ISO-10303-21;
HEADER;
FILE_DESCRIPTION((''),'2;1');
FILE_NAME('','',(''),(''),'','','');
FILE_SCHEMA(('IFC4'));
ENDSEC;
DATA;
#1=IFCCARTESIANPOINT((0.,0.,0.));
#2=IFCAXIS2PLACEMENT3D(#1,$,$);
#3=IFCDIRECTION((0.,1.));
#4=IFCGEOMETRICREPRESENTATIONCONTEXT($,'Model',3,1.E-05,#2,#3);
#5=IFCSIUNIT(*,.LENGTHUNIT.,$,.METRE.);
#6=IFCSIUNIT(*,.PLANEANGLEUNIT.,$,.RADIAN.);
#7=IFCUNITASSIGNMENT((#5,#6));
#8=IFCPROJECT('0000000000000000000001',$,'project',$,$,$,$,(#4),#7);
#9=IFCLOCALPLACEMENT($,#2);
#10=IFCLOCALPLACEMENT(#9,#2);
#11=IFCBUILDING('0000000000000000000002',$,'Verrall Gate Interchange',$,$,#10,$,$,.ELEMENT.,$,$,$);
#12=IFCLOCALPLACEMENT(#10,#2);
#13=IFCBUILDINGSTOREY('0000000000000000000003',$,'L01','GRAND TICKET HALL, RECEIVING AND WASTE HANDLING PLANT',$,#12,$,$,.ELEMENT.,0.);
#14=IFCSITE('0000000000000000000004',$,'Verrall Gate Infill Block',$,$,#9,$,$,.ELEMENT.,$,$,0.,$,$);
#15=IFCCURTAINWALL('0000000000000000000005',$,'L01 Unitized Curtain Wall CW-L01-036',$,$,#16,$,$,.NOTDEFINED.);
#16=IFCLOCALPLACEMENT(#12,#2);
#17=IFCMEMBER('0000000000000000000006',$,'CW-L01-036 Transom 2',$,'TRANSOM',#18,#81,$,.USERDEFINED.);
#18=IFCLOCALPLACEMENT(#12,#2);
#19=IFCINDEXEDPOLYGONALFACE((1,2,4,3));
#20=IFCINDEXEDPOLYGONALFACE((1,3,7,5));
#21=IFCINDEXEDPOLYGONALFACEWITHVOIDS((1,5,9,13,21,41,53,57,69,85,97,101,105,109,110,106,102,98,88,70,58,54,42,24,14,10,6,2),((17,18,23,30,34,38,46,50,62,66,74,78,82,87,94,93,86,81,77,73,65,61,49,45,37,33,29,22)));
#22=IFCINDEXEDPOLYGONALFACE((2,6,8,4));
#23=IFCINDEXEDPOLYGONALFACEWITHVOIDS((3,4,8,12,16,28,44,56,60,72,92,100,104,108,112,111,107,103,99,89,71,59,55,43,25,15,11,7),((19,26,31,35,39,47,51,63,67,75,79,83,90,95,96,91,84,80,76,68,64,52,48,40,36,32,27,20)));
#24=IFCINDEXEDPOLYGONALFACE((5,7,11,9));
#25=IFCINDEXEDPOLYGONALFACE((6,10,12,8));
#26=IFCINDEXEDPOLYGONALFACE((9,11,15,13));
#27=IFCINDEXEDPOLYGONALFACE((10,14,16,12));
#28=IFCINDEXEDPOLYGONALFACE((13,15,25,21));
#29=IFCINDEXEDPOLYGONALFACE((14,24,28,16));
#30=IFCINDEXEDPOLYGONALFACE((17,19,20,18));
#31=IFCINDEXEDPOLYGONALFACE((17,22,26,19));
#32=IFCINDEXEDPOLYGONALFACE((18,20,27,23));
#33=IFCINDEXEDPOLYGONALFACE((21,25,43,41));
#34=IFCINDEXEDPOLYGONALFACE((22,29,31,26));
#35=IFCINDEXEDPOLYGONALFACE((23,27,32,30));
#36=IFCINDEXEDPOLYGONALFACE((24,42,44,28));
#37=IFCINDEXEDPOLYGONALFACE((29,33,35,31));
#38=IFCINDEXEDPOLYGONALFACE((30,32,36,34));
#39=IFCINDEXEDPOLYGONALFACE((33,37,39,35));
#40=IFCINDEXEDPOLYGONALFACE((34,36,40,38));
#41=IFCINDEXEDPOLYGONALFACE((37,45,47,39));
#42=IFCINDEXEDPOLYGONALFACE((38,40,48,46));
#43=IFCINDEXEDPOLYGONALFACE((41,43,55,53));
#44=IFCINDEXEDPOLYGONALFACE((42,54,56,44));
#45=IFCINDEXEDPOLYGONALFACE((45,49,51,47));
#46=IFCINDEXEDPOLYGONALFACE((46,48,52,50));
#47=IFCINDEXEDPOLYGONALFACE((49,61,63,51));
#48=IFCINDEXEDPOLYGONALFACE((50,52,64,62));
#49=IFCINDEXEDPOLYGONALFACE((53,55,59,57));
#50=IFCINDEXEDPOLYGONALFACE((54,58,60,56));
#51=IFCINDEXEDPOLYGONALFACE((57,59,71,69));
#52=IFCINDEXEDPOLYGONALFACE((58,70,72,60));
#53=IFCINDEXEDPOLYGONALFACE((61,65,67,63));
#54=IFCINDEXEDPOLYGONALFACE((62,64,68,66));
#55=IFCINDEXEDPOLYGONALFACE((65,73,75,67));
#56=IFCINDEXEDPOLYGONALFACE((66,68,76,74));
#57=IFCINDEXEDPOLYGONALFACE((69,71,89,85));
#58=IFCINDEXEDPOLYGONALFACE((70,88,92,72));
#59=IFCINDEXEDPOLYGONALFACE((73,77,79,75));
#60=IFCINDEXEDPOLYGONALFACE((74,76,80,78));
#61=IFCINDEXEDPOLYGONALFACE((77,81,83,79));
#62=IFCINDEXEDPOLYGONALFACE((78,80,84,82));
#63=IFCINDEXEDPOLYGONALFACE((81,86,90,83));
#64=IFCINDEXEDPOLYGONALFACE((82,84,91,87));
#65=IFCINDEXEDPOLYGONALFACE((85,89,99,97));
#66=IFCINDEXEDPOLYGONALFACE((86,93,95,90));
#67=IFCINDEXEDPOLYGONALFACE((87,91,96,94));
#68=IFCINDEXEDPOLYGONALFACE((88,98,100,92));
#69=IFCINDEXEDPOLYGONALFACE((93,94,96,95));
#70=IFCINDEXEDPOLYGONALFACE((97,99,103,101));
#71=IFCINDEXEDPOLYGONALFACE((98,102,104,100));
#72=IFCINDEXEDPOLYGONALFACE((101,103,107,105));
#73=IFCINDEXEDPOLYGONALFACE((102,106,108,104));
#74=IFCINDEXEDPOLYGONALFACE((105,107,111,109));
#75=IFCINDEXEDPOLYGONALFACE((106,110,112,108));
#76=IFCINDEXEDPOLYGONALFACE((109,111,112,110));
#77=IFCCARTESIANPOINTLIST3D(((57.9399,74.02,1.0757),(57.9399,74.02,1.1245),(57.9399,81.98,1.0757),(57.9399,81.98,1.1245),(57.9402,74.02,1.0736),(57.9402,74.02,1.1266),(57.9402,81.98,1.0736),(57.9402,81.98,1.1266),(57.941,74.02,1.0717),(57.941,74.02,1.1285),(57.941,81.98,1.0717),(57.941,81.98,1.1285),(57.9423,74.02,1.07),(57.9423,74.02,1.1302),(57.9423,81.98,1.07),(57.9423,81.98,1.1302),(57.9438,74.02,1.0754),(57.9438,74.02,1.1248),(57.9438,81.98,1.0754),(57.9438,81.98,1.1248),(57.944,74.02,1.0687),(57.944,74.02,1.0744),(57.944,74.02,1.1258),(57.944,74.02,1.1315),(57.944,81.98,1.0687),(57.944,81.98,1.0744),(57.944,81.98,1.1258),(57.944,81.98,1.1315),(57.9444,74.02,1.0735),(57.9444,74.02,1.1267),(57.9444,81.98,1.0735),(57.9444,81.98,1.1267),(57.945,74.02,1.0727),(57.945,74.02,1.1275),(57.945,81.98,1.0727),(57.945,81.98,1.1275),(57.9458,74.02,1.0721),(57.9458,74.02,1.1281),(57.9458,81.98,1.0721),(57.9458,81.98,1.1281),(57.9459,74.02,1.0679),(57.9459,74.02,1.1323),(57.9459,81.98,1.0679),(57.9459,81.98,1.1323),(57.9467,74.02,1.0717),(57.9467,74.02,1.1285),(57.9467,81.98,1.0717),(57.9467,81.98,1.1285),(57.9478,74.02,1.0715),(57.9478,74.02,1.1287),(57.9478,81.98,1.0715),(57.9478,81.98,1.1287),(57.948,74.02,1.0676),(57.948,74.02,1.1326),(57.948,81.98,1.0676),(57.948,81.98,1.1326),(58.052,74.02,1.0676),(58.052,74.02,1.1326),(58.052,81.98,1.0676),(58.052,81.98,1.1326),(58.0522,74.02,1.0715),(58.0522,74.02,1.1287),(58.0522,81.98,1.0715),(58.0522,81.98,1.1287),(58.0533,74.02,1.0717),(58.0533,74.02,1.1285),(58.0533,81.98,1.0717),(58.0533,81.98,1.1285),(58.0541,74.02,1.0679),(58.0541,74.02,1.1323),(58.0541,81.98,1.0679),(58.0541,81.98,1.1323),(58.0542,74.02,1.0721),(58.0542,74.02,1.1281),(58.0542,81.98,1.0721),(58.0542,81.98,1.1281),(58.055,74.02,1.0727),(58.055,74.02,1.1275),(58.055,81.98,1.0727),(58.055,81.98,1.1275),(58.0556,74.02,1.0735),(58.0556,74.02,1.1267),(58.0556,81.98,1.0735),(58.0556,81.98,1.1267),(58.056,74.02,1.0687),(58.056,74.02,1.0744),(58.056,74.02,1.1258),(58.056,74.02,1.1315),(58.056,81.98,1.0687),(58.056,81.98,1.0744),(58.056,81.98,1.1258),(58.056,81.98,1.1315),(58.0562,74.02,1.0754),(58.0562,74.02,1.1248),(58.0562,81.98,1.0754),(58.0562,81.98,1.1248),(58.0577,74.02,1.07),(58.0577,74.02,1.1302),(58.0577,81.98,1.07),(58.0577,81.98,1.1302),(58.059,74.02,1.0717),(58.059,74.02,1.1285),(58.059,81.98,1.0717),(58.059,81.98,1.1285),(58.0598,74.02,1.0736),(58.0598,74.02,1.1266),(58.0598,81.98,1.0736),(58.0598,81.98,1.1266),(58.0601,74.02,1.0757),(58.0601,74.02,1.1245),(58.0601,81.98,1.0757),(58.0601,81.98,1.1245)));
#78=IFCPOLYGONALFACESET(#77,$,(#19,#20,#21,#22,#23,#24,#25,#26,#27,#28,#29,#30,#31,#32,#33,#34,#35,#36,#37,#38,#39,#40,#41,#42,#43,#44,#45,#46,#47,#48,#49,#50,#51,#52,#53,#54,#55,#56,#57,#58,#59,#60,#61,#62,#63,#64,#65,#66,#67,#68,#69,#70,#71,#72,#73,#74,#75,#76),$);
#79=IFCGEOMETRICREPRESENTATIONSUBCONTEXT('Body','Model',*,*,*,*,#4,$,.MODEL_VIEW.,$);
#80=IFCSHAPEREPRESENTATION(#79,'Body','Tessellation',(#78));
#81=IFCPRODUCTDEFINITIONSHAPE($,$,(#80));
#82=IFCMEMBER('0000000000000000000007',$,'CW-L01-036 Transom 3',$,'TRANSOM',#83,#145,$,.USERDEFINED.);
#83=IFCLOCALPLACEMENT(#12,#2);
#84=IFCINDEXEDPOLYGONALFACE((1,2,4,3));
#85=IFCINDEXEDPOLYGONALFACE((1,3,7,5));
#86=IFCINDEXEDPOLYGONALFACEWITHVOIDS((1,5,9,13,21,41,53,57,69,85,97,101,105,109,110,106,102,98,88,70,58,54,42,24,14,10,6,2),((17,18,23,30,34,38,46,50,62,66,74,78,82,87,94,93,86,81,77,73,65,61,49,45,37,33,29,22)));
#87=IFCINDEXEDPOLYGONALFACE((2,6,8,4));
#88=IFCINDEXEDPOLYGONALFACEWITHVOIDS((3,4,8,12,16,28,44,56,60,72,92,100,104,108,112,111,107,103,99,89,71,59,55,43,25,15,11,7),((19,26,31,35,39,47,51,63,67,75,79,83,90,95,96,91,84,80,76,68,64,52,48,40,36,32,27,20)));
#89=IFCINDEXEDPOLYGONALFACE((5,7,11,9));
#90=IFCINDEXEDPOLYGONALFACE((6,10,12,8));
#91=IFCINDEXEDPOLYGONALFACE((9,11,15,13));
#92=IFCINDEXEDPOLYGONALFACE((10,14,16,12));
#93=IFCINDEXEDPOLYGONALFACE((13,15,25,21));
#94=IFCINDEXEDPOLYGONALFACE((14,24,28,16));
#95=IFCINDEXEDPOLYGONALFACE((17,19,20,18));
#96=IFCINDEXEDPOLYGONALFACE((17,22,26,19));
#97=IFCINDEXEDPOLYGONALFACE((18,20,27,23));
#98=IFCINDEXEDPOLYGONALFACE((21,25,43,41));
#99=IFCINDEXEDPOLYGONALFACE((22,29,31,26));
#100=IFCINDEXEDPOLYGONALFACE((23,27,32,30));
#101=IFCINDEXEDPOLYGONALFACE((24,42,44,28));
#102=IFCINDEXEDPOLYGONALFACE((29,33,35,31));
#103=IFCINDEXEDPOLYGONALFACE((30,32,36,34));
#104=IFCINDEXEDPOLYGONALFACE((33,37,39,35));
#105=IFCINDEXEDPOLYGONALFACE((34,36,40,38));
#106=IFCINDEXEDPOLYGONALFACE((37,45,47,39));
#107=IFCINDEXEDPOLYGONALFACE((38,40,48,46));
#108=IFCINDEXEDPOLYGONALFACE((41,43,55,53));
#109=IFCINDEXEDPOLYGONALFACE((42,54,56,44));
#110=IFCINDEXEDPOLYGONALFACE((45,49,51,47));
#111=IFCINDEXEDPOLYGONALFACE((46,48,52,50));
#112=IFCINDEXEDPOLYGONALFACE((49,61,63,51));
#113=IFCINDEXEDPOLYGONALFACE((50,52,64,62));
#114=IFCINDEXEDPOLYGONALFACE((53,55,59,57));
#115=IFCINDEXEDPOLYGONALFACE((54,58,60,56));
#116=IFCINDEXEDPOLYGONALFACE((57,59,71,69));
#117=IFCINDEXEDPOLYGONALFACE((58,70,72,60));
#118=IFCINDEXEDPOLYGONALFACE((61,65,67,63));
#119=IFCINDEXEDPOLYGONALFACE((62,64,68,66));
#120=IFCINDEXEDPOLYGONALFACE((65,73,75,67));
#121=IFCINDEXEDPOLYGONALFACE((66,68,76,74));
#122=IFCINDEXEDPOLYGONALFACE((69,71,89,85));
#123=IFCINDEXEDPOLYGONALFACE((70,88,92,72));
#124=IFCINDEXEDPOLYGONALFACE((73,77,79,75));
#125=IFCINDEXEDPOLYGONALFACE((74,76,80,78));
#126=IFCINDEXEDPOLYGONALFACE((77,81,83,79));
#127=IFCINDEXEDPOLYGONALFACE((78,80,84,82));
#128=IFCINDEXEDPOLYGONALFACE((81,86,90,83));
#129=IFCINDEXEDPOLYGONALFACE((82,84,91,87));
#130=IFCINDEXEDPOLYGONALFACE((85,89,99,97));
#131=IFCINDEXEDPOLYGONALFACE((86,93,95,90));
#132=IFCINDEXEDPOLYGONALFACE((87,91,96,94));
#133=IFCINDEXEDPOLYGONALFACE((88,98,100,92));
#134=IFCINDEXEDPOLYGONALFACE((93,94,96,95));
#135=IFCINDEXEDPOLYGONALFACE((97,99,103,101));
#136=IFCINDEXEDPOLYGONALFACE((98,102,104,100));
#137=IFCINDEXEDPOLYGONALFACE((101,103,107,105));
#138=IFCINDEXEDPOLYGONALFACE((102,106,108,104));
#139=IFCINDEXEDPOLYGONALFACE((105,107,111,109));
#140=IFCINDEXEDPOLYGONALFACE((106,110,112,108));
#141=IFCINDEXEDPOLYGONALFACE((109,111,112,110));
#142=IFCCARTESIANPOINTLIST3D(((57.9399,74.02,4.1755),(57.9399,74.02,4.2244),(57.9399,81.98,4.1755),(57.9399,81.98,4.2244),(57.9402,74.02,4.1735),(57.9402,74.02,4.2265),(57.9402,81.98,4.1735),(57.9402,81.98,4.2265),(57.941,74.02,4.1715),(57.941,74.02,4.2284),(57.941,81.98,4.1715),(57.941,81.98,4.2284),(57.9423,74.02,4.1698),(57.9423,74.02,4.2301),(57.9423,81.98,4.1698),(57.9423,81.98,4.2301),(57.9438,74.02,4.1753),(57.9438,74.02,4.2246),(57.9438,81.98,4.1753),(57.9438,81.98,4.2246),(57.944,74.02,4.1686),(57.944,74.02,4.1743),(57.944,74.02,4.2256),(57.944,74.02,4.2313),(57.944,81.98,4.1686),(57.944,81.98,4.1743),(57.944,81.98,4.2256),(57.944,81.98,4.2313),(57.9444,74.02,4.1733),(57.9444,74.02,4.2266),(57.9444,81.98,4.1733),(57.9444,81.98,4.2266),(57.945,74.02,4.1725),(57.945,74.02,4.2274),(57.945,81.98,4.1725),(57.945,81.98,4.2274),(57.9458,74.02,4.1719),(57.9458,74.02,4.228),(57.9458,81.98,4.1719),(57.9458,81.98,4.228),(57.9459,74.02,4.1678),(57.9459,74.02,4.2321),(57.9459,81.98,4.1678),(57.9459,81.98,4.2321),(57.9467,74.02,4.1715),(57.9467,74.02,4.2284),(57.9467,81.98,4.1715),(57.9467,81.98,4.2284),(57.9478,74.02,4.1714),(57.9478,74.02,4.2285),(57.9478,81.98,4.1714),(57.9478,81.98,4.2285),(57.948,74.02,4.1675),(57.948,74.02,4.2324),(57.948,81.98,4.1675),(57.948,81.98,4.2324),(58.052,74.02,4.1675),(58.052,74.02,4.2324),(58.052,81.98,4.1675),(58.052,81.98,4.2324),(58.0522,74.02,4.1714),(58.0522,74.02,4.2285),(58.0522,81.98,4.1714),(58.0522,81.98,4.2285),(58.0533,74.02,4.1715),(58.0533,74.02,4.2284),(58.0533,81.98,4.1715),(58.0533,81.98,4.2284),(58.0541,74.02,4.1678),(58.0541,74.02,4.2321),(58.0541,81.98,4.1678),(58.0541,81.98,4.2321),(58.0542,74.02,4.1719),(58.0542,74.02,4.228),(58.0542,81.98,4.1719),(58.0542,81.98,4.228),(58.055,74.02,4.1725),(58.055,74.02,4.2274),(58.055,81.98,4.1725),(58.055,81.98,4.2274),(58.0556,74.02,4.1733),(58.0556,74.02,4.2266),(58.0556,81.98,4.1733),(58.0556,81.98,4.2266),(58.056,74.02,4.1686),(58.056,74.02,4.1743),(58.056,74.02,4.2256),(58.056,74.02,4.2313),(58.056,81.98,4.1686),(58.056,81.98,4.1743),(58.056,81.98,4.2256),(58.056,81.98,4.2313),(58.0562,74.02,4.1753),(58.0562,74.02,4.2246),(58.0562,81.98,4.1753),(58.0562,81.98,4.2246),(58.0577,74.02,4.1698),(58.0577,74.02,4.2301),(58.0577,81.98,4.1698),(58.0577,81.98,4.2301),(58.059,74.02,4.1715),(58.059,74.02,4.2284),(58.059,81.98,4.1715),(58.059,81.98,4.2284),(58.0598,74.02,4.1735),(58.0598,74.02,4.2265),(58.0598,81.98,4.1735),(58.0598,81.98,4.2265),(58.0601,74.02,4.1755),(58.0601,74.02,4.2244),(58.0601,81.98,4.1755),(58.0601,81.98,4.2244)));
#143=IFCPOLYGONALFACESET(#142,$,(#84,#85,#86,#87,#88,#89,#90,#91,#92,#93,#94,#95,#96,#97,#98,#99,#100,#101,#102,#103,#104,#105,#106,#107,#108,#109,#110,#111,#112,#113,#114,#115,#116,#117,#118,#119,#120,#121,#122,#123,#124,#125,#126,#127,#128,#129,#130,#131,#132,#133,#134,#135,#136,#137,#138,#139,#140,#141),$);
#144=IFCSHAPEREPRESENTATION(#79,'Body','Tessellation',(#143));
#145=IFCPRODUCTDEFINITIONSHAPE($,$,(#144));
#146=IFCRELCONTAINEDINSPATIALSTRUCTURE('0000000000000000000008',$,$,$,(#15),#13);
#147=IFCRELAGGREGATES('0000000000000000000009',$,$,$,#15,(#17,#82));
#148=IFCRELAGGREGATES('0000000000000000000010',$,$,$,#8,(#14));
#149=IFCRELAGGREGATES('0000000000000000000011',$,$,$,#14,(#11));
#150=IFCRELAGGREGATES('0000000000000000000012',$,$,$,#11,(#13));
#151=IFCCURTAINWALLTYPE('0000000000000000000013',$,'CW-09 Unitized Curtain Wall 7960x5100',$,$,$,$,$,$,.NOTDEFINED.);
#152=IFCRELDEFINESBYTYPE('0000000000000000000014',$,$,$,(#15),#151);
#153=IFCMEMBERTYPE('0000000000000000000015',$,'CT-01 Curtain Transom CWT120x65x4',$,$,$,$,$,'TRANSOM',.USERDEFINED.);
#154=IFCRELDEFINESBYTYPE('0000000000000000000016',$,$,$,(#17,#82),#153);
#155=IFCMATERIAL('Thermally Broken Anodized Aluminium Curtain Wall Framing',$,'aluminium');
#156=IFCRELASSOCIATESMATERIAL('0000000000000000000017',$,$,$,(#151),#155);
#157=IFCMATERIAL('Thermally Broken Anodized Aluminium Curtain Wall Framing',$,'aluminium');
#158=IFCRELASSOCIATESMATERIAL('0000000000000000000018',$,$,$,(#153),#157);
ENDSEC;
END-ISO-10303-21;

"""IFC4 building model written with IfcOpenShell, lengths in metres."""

from ifc_helpers import new_model, si_unit, direction, frame, origin, origin_2d, place, context, subcontext, project, spatial, hollow_rectangle, extrude, material, material_profile, profile_set, type_object, element, aggregate, save


model = new_model("IFC4")

# Units and contexts
model_context = context("Model", 3, precision=1e-05, world=origin(), true_north=direction((0.0, 1.0)))
body_context = subcontext(model_context, "Body", "Model", "MODEL_VIEW")
ifc_project = project(units=[si_unit("LENGTHUNIT", "METRE"), si_unit("PLANEANGLEUNIT", "RADIAN")], contexts=[model_context])

# Site, building, storey
site_placement = place(None, origin())
site = spatial("IfcSite", under=ifc_project, at=site_placement, Name="Verrall Gate Infill Block", CompositionType="ELEMENT", RefElevation=0.0)
building_placement = place(site_placement, origin())
building = spatial("IfcBuilding", under=site, at=building_placement, Name="Verrall Gate Interchange", CompositionType="ELEMENT")
storey_placement = place(building_placement, origin())
storey = spatial("IfcBuildingStorey", under=building, at=storey_placement, Name="L01", Description="GRAND TICKET HALL, RECEIVING AND WASTE HANDLING PLANT", CompositionType="ELEMENT", Elevation=0.0)

# Curtain wall
ifc_material_1 = material(Name="Thermally Broken Anodized Aluminium Curtain Wall Framing", Category="aluminium")
curtain_wall_type = type_object("IfcCurtainWallType", Name="CW-09 Unitized Curtain Wall 7960x5100", PredefinedType="NOTDEFINED", material=ifc_material_1)
curtain_wall_1_placement = place(storey_placement, origin())
curtain_wall_1 = element("IfcCurtainWall", 1, at=curtain_wall_1_placement, inside=storey, type_object=curtain_wall_type, Name="L01 Unitized Curtain Wall CW-L01-036", PredefinedType="NOTDEFINED")

# Members
ifc_material_2 = material(Name="Thermally Broken Anodized Aluminium Curtain Wall Framing", Category="aluminium")
ifc_material_profile_1 = material_profile(ifc_material_2, hollow_rectangle(XDim=0.1201, YDim=0.0649, WallThickness=0.0039, InnerFilletRadius=0.0039, OuterFilletRadius=0.0081, at=origin_2d()), Name="CWT120x65x4")
ifc_profile_set_1 = profile_set([ifc_material_profile_1], Name="Thermally Broken Anodized Aluminium Curtain Wall Framing")
member_type_1 = type_object("IfcMemberType", Name="CT-01 Curtain Transom CWT120x65x4", ElementType="TRANSOM", PredefinedType="USERDEFINED", material=ifc_profile_set_1)
member_1_placement = place(storey_placement, frame((58.0, 81.98, 1.1001), z_axis=(0.0, -1.0, 0.0), x_axis=(1.0, 0.0, 0.0)))
member_1 = element("IfcMember", 2, at=member_1_placement, type_object=member_type_1, Name="CW-L01-036 Transom 2", ObjectType="TRANSOM", PredefinedType="USERDEFINED", context=body_context, shape_type="SweptSolid", body=[
    extrude(hollow_rectangle(XDim=0.1201, YDim=0.0649, WallThickness=0.0039, InnerFilletRadius=0.0039, OuterFilletRadius=0.0081, at=origin_2d()), origin(), (0.0, 0.0, 1.0), 7.96),
])
member_2_placement = place(storey_placement, frame((58.0, 81.98, 4.2), z_axis=(0.0, -1.0, 0.0), x_axis=(1.0, 0.0, 0.0)))
member_2 = element("IfcMember", 3, at=member_2_placement, type_object=member_type_1, Name="CW-L01-036 Transom 3", ObjectType="TRANSOM", PredefinedType="USERDEFINED", context=body_context, shape_type="SweptSolid", body=[
    extrude(hollow_rectangle(XDim=0.1201, YDim=0.0649, WallThickness=0.0039, InnerFilletRadius=0.0039, OuterFilletRadius=0.0081, at=origin_2d()), origin(), (0.0, 0.0, 1.0), 7.96),
])

aggregate(curtain_wall_1, [member_1, member_2])

save(model, "model.ifc")
